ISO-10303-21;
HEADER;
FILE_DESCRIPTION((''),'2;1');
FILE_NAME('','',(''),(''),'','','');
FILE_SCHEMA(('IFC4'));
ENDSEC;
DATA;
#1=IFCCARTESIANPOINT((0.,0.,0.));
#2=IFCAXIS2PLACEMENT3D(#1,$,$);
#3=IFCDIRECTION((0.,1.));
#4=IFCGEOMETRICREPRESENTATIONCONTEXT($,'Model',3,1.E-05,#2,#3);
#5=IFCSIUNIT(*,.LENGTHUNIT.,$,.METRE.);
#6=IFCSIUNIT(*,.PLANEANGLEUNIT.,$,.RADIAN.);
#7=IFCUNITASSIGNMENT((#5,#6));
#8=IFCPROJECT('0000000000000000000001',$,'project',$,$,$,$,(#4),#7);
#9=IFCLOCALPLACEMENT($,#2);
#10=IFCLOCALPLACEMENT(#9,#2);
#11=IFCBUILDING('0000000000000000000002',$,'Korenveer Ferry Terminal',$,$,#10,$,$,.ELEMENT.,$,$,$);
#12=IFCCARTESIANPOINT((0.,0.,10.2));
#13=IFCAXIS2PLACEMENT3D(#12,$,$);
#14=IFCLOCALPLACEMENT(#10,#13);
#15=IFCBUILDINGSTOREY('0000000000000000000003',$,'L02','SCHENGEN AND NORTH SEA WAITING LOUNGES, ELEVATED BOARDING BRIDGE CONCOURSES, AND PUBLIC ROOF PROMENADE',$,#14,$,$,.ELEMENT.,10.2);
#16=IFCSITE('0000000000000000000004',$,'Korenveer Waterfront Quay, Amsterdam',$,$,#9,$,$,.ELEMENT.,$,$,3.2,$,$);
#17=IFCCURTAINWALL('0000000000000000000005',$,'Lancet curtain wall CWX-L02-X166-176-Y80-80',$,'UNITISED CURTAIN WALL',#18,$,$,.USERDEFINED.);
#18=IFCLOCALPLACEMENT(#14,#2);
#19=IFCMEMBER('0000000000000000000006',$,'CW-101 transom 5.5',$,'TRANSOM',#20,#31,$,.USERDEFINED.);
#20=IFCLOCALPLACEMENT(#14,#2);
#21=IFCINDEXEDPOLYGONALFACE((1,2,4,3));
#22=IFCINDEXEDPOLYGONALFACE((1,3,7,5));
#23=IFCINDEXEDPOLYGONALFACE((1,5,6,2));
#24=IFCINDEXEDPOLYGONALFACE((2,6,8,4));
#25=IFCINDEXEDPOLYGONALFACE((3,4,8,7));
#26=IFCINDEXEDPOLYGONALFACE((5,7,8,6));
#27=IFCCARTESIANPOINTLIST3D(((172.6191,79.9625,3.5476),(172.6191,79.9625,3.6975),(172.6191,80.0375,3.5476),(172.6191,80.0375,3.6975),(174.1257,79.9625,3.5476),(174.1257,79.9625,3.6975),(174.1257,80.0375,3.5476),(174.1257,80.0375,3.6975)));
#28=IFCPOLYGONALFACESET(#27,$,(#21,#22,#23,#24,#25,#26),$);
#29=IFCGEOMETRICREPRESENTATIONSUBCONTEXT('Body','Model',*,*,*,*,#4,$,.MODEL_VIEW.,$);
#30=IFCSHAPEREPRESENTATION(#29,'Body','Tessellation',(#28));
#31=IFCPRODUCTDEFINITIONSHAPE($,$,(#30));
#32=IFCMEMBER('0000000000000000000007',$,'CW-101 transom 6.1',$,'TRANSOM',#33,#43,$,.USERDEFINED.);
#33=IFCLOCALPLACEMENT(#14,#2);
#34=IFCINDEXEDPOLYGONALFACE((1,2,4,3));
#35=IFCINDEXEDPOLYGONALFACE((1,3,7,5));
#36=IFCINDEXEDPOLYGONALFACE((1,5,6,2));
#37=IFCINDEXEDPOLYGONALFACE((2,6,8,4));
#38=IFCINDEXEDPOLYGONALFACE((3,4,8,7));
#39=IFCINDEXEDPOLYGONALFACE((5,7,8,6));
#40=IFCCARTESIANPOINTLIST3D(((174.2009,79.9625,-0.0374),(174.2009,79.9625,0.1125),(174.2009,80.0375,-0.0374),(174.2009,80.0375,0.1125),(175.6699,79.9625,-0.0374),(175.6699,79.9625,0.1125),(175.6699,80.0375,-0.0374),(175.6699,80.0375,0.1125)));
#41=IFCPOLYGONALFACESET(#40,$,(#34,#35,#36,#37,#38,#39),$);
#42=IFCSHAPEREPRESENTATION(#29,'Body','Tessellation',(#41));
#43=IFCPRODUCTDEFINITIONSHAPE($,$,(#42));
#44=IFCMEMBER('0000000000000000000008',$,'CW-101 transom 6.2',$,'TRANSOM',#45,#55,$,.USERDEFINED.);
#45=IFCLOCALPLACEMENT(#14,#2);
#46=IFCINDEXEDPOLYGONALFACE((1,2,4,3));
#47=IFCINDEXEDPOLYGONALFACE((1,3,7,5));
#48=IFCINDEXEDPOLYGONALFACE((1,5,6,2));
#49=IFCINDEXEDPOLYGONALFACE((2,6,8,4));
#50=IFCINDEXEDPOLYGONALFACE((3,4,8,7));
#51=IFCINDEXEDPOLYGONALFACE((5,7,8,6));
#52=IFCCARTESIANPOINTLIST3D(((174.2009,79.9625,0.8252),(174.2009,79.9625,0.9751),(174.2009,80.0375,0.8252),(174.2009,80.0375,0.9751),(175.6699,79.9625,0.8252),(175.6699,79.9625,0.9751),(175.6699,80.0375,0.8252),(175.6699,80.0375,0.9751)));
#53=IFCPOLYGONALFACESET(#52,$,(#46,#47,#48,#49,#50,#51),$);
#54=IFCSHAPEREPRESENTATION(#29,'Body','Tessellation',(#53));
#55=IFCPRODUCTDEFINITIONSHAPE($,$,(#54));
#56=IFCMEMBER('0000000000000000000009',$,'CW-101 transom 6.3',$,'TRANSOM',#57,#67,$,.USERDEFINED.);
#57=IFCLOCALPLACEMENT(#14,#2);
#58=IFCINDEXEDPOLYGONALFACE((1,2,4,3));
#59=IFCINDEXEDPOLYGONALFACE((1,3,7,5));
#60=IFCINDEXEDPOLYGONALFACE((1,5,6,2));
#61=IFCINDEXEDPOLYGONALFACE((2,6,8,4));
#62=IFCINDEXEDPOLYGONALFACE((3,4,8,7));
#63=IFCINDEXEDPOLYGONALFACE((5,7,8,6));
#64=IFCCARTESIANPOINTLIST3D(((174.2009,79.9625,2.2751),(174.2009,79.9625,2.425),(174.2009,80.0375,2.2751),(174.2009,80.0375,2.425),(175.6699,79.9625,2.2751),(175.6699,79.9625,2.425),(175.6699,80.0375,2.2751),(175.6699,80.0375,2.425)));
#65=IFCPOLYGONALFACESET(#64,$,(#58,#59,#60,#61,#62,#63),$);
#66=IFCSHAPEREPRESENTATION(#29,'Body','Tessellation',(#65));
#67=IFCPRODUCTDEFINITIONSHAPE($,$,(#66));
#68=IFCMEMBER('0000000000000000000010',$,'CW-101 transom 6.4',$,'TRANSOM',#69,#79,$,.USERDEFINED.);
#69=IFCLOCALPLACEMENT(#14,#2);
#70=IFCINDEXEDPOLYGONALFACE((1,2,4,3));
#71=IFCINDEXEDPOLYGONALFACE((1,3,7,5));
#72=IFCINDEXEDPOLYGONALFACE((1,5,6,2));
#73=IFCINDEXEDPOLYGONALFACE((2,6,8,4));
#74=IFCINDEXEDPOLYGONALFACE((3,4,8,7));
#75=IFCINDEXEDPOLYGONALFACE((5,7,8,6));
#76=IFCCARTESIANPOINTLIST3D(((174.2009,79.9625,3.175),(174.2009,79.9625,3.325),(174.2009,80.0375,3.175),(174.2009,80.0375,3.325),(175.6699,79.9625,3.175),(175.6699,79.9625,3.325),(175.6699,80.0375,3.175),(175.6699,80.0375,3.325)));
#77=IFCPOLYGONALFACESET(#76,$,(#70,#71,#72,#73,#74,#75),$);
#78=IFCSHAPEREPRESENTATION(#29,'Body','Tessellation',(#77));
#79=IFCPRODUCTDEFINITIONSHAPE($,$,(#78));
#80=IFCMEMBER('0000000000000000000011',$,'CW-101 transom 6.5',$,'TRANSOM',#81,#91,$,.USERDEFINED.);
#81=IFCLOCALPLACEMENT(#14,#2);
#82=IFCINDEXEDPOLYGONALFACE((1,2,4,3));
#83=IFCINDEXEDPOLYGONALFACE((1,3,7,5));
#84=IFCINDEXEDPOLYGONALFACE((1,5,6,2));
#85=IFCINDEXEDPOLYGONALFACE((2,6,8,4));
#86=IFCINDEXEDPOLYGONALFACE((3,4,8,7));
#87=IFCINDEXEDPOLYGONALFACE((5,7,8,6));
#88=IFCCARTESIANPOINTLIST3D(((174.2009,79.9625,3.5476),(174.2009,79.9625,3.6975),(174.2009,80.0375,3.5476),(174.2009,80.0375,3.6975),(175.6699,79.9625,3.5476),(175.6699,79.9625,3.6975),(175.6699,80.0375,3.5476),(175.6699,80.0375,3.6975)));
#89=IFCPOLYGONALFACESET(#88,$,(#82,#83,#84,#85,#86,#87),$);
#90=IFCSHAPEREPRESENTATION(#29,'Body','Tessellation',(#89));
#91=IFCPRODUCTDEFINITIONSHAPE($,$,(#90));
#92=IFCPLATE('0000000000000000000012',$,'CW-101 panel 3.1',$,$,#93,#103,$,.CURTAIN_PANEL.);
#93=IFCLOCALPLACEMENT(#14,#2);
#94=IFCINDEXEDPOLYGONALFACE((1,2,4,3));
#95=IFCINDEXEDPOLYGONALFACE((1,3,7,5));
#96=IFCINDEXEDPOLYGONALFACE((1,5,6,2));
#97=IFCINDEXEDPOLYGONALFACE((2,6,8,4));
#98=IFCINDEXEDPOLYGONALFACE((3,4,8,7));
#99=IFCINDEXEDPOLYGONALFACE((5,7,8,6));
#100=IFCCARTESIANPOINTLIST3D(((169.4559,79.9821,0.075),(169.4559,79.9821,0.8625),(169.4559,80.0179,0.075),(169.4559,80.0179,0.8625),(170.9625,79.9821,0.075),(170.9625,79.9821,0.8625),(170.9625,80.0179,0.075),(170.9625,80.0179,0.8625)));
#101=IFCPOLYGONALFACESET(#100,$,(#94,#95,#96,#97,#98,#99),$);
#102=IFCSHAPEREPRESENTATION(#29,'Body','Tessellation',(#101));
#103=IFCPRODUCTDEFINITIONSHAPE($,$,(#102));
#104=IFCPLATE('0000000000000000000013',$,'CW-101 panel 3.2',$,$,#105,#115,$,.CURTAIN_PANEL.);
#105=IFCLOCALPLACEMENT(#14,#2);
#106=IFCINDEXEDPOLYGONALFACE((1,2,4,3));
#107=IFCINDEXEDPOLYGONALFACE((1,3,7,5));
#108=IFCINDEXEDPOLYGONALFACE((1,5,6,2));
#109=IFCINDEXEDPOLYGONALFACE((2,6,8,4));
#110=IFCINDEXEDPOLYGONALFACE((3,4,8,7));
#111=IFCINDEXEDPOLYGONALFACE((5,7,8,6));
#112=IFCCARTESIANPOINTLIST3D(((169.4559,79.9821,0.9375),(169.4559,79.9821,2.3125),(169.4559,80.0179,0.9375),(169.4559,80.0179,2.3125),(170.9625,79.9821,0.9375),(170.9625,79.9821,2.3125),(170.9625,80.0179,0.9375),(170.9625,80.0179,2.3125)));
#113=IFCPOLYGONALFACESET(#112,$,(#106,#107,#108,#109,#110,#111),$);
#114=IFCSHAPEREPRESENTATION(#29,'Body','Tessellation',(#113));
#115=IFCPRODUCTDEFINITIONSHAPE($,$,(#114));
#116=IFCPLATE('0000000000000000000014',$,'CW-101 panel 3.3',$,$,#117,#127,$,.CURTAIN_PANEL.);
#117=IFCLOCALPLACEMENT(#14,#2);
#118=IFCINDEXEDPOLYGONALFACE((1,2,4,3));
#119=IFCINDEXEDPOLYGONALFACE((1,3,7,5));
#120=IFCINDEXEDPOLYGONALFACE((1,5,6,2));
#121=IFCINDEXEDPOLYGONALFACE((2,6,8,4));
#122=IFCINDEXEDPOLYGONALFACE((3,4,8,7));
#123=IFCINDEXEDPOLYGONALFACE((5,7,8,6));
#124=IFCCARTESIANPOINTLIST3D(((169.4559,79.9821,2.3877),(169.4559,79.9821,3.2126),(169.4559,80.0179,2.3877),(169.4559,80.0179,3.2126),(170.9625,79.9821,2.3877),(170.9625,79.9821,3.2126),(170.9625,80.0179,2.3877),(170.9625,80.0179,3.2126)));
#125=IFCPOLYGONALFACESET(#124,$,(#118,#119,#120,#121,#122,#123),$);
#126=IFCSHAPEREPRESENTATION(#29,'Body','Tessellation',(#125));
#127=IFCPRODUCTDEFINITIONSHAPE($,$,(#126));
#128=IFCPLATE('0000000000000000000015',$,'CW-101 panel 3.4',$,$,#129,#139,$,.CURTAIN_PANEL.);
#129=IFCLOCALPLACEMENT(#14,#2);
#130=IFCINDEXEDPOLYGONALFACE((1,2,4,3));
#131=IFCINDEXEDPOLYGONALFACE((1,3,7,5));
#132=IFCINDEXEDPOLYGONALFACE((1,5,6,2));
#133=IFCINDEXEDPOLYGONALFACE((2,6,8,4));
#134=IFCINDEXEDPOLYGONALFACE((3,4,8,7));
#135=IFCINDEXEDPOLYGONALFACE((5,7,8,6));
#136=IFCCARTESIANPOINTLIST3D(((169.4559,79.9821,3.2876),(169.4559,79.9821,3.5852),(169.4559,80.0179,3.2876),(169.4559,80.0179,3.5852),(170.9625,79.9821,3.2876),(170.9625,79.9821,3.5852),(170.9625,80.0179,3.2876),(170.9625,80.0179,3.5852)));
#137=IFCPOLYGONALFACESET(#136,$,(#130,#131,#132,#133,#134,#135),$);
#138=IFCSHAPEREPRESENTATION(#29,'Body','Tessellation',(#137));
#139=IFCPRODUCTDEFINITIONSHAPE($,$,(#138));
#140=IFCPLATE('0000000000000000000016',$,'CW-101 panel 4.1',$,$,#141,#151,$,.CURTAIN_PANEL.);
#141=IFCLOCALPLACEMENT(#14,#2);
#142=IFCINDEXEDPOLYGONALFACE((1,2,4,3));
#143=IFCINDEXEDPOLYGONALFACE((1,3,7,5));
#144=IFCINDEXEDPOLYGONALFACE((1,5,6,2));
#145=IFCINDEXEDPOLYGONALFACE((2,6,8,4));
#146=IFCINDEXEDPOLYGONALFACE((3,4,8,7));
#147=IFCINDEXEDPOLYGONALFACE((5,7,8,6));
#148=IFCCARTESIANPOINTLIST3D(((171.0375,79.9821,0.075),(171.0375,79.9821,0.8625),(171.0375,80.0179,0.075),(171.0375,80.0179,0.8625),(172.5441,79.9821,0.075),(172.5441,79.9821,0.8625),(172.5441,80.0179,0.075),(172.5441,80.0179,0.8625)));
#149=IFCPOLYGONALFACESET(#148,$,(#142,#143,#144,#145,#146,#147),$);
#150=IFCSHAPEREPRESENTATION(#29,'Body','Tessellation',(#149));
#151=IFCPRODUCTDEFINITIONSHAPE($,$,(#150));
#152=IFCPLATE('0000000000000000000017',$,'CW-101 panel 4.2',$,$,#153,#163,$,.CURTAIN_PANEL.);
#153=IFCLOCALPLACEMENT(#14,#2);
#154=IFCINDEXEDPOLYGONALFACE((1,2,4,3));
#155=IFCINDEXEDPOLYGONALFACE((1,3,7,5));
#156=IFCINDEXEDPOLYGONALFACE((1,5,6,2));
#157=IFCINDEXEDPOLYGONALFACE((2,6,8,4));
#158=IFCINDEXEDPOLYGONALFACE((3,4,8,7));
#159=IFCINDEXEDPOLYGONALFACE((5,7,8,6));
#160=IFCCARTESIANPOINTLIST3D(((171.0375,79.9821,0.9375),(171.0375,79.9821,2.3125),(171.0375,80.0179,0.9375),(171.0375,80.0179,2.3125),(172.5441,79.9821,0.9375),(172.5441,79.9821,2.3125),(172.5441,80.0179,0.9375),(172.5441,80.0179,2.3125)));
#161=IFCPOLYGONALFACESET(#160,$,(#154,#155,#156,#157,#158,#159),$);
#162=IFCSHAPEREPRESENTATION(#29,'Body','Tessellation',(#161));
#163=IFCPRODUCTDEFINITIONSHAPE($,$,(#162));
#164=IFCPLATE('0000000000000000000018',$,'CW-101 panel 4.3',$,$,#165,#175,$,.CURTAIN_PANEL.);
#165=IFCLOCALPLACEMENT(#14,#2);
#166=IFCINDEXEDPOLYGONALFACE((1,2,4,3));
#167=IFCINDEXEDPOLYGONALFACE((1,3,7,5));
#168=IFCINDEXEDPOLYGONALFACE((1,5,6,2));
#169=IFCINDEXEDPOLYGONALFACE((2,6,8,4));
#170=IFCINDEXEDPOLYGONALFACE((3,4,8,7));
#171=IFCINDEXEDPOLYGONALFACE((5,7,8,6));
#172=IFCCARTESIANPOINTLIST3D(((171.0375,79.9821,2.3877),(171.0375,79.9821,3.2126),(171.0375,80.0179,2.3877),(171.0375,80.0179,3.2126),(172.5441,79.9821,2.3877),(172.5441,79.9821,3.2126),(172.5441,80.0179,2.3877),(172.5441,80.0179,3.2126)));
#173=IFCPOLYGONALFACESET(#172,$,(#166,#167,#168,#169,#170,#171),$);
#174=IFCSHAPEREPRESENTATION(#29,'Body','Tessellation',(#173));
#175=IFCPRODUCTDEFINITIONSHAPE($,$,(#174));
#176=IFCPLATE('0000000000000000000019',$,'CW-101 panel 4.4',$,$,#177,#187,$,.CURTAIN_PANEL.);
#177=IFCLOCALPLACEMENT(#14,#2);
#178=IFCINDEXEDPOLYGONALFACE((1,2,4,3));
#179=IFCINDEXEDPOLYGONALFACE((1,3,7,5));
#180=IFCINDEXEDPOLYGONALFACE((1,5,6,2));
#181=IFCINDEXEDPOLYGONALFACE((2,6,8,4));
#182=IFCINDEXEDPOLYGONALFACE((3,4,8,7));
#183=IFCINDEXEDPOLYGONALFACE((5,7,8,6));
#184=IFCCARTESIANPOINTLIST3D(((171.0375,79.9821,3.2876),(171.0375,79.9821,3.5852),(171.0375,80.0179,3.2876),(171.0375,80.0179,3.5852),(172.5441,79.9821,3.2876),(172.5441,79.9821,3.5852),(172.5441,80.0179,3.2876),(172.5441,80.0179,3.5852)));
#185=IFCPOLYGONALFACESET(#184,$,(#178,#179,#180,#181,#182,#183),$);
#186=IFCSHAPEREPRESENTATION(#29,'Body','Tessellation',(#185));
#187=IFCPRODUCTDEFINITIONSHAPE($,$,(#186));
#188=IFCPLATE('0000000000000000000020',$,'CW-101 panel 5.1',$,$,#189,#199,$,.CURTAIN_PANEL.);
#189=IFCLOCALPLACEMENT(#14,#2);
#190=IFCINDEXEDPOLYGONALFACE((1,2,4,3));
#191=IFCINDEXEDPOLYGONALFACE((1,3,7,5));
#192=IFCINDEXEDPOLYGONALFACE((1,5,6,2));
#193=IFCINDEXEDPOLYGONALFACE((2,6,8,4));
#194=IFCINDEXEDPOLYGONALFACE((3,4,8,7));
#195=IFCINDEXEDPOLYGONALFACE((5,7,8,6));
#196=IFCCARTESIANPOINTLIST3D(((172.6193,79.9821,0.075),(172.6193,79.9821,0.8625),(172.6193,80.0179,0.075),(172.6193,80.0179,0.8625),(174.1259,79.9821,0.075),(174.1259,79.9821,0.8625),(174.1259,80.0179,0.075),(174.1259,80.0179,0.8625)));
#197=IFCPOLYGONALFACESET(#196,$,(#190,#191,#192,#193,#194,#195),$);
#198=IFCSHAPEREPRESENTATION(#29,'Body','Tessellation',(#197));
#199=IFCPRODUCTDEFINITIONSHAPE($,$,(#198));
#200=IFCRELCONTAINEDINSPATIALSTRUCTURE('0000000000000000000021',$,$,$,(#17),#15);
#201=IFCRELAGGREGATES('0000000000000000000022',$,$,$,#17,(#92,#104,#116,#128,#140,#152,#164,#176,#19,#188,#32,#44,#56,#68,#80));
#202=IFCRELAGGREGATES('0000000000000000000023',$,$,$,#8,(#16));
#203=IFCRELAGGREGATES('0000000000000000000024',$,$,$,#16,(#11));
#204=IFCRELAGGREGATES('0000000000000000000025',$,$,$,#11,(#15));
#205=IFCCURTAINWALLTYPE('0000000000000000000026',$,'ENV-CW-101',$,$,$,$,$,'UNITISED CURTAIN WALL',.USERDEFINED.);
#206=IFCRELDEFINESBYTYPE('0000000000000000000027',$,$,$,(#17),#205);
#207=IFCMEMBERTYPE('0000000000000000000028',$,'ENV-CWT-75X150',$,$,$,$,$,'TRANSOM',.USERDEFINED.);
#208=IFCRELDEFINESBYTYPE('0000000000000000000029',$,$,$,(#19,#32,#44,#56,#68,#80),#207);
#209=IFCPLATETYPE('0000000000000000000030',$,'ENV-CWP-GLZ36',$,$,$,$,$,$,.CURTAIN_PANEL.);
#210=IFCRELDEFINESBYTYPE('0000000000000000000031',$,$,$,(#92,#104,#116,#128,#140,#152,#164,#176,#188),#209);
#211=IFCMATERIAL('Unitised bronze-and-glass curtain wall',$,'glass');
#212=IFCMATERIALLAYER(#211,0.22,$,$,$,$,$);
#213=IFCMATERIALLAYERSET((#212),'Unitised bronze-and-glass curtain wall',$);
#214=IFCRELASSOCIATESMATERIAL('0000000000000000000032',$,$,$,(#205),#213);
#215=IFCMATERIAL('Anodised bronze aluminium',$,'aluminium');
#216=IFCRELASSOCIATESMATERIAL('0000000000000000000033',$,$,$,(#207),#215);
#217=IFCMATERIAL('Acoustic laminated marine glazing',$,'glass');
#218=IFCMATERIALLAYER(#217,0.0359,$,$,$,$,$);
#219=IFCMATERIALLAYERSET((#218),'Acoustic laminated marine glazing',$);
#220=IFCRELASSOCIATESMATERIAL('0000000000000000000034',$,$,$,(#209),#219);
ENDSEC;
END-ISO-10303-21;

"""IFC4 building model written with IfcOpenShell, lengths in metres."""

from ifc_helpers import new_model, si_unit, direction, frame, origin, origin_2d, place, context, subcontext, project, spatial, rectangle, extrude, material, layer, layer_set, material_profile, profile_set, type_object, element, aggregate, save


model = new_model("IFC4")

# Units and contexts
model_context = context("Model", 3, precision=1e-05, world=origin(), true_north=direction((0.0, 1.0)))
body_context = subcontext(model_context, "Body", "Model", "MODEL_VIEW")
ifc_project = project(units=[si_unit("LENGTHUNIT", "METRE"), si_unit("PLANEANGLEUNIT", "RADIAN")], contexts=[model_context])

# Site, building, storey
site_placement = place(None, origin())
site = spatial("IfcSite", under=ifc_project, at=site_placement, Name="Korenveer Waterfront Quay, Amsterdam", CompositionType="ELEMENT", RefElevation=3.2)
building_placement = place(site_placement, origin())
building = spatial("IfcBuilding", under=site, at=building_placement, Name="Korenveer Ferry Terminal", CompositionType="ELEMENT")
storey_placement = place(building_placement, frame((0.0, 0.0, 10.2)))
storey = spatial("IfcBuildingStorey", under=building, at=storey_placement, Name="L02", Description="SCHENGEN AND NORTH SEA WAITING LOUNGES, ELEVATED BOARDING BRIDGE CONCOURSES, AND PUBLIC ROOF PROMENADE", CompositionType="ELEMENT", Elevation=10.2)

# Curtain wall, members, plates
ifc_material_1 = material(Name="Unitised bronze-and-glass curtain wall", Category="glass")
ifc_layer_1 = layer(ifc_material_1, 0.22)
ifc_layer_set_1 = layer_set([ifc_layer_1], Name="Unitised bronze-and-glass curtain wall")
curtain_wall_type = type_object("IfcCurtainWallType", Name="ENV-CW-101", ElementType="UNITISED CURTAIN WALL", PredefinedType="USERDEFINED", material=ifc_layer_set_1)
curtain_wall_placement = place(storey_placement, frame((166.2549, 80.0, 0.0)))
curtain_wall = element("IfcCurtainWall", 1, at=curtain_wall_placement, inside=storey, type_object=curtain_wall_type, Name="Lancet curtain wall CWX-L02-X166-176-Y80-80", ObjectType="UNITISED CURTAIN WALL", PredefinedType="USERDEFINED")
ifc_material_2 = material(Name="Anodised bronze aluminium", Category="aluminium")
ifc_material_profile_1 = material_profile(ifc_material_2, rectangle(XDim=0.075, YDim=0.1499, at=origin_2d()), Name="ALU 75x150")
ifc_profile_set_1 = profile_set([ifc_material_profile_1], Name="Anodised bronze aluminium")
member_type_1 = type_object("IfcMemberType", Name="ENV-CWT-75X150", ElementType="TRANSOM", PredefinedType="USERDEFINED", material=ifc_profile_set_1)
member_1_placement = place(storey_placement, frame((172.6191, 80.0, 3.6226), z_axis=(1.0, 0.0, 0.0), x_axis=(0.0, 1.0, 0.0)))
member_1 = element("IfcMember", 2, at=member_1_placement, type_object=member_type_1, Name="CW-101 transom 5.5", ObjectType="TRANSOM", PredefinedType="USERDEFINED", context=body_context, shape_type="SweptSolid", body=[
    extrude(rectangle(XDim=0.075, YDim=0.1499, at=origin_2d()), origin(), (0.0, 0.0, 1.0), 1.5066),
])
member_2_placement = place(storey_placement, frame((174.2009, 80.0, 0.0376), z_axis=(1.0, 0.0, 0.0), x_axis=(0.0, 1.0, 0.0)))
member_2 = element("IfcMember", 3, at=member_2_placement, type_object=member_type_1, Name="CW-101 transom 6.1", ObjectType="TRANSOM", PredefinedType="USERDEFINED", context=body_context, shape_type="SweptSolid", body=[
    extrude(rectangle(XDim=0.075, YDim=0.1499, at=origin_2d()), origin(), (0.0, 0.0, 1.0), 1.469),
])
member_3_placement = place(storey_placement, frame((174.2009, 80.0, 0.9001), z_axis=(1.0, 0.0, 0.0), x_axis=(0.0, 1.0, 0.0)))
member_3 = element("IfcMember", 4, at=member_3_placement, type_object=member_type_1, Name="CW-101 transom 6.2", ObjectType="TRANSOM", PredefinedType="USERDEFINED", context=body_context, shape_type="SweptSolid", body=[
    extrude(rectangle(XDim=0.075, YDim=0.1499, at=origin_2d()), origin(), (0.0, 0.0, 1.0), 1.469),
])
member_4_placement = place(storey_placement, frame((174.2009, 80.0, 2.3501), z_axis=(1.0, 0.0, 0.0), x_axis=(0.0, 1.0, 0.0)))
member_4 = element("IfcMember", 5, at=member_4_placement, type_object=member_type_1, Name="CW-101 transom 6.3", ObjectType="TRANSOM", PredefinedType="USERDEFINED", context=body_context, shape_type="SweptSolid", body=[
    extrude(rectangle(XDim=0.075, YDim=0.1499, at=origin_2d()), origin(), (0.0, 0.0, 1.0), 1.469),
])
member_5_placement = place(storey_placement, frame((174.2009, 80.0, 3.25), z_axis=(1.0, 0.0, 0.0), x_axis=(0.0, 1.0, 0.0)))
member_5 = element("IfcMember", 6, at=member_5_placement, type_object=member_type_1, Name="CW-101 transom 6.4", ObjectType="TRANSOM", PredefinedType="USERDEFINED", context=body_context, shape_type="SweptSolid", body=[
    extrude(rectangle(XDim=0.075, YDim=0.1499, at=origin_2d()), origin(), (0.0, 0.0, 1.0), 1.469),
])
member_6_placement = place(storey_placement, frame((174.2009, 80.0, 3.6226), z_axis=(1.0, 0.0, 0.0), x_axis=(0.0, 1.0, 0.0)))
member_6 = element("IfcMember", 7, at=member_6_placement, type_object=member_type_1, Name="CW-101 transom 6.5", ObjectType="TRANSOM", PredefinedType="USERDEFINED", context=body_context, shape_type="SweptSolid", body=[
    extrude(rectangle(XDim=0.075, YDim=0.1499, at=origin_2d()), origin(), (0.0, 0.0, 1.0), 1.469),
])
ifc_material_3 = material(Name="Acoustic laminated marine glazing", Category="glass")
ifc_layer_2 = layer(ifc_material_3, 0.0359)
ifc_layer_set_2 = layer_set([ifc_layer_2], Name="Acoustic laminated marine glazing")
plate_type = type_object("IfcPlateType", Name="ENV-CWP-GLZ36", PredefinedType="CURTAIN_PANEL", material=ifc_layer_set_2)
plate_1_placement = place(storey_placement, frame((170.2092, 80.0, 0.075), z_axis=(0.0, 0.0, 1.0), x_axis=(1.0, 0.0, 0.0)))
plate_1 = element("IfcPlate", 8, at=plate_1_placement, type_object=plate_type, Name="CW-101 panel 3.1", PredefinedType="CURTAIN_PANEL", context=body_context, shape_type="SweptSolid", body=[
    extrude(rectangle(XDim=1.5066, YDim=0.0359, at=origin_2d()), origin(), (0.0, 0.0, 1.0), 0.7876),
])
plate_2_placement = place(storey_placement, frame((170.2092, 80.0, 0.9375), z_axis=(0.0, 0.0, 1.0), x_axis=(1.0, 0.0, 0.0)))
plate_2 = element("IfcPlate", 9, at=plate_2_placement, type_object=plate_type, Name="CW-101 panel 3.2", PredefinedType="CURTAIN_PANEL", context=body_context, shape_type="SweptSolid", body=[
    extrude(rectangle(XDim=1.5066, YDim=0.0359, at=origin_2d()), origin(), (0.0, 0.0, 1.0), 1.375),
])
plate_3_placement = place(storey_placement, frame((170.2092, 80.0, 2.3877), z_axis=(0.0, 0.0, 1.0), x_axis=(1.0, 0.0, 0.0)))
plate_3 = element("IfcPlate", 10, at=plate_3_placement, type_object=plate_type, Name="CW-101 panel 3.3", PredefinedType="CURTAIN_PANEL", context=body_context, shape_type="SweptSolid", body=[
    extrude(rectangle(XDim=1.5066, YDim=0.0359, at=origin_2d()), origin(), (0.0, 0.0, 1.0), 0.825),
])
plate_4_placement = place(storey_placement, frame((170.2092, 80.0, 3.2876), z_axis=(0.0, 0.0, 1.0), x_axis=(1.0, 0.0, 0.0)))
plate_4 = element("IfcPlate", 11, at=plate_4_placement, type_object=plate_type, Name="CW-101 panel 3.4", PredefinedType="CURTAIN_PANEL", context=body_context, shape_type="SweptSolid", body=[
    extrude(rectangle(XDim=1.5066, YDim=0.0359, at=origin_2d()), origin(), (0.0, 0.0, 1.0), 0.2976),
])
plate_5_placement = place(storey_placement, frame((171.7908, 80.0, 0.075), z_axis=(0.0, 0.0, 1.0), x_axis=(1.0, 0.0, 0.0)))
plate_5 = element("IfcPlate", 12, at=plate_5_placement, type_object=plate_type, Name="CW-101 panel 4.1", PredefinedType="CURTAIN_PANEL", context=body_context, shape_type="SweptSolid", body=[
    extrude(rectangle(XDim=1.5066, YDim=0.0359, at=origin_2d()), origin(), (0.0, 0.0, 1.0), 0.7876),
])
plate_6_placement = place(storey_placement, frame((171.7908, 80.0, 0.9375), z_axis=(0.0, 0.0, 1.0), x_axis=(1.0, 0.0, 0.0)))
plate_6 = element("IfcPlate", 13, at=plate_6_placement, type_object=plate_type, Name="CW-101 panel 4.2", PredefinedType="CURTAIN_PANEL", context=body_context, shape_type="SweptSolid", body=[
    extrude(rectangle(XDim=1.5066, YDim=0.0359, at=origin_2d()), origin(), (0.0, 0.0, 1.0), 1.375),
])
plate_7_placement = place(storey_placement, frame((171.7908, 80.0, 2.3877), z_axis=(0.0, 0.0, 1.0), x_axis=(1.0, 0.0, 0.0)))
plate_7 = element("IfcPlate", 14, at=plate_7_placement, type_object=plate_type, Name="CW-101 panel 4.3", PredefinedType="CURTAIN_PANEL", context=body_context, shape_type="SweptSolid", body=[
    extrude(rectangle(XDim=1.5066, YDim=0.0359, at=origin_2d()), origin(), (0.0, 0.0, 1.0), 0.825),
])
plate_8_placement = place(storey_placement, frame((171.7908, 80.0, 3.2876), z_axis=(0.0, 0.0, 1.0), x_axis=(1.0, 0.0, 0.0)))
plate_8 = element("IfcPlate", 15, at=plate_8_placement, type_object=plate_type, Name="CW-101 panel 4.4", PredefinedType="CURTAIN_PANEL", context=body_context, shape_type="SweptSolid", body=[
    extrude(rectangle(XDim=1.5066, YDim=0.0359, at=origin_2d()), origin(), (0.0, 0.0, 1.0), 0.2976),
])
plate_9_placement = place(storey_placement, frame((173.3726, 80.0, 0.075), z_axis=(0.0, 0.0, 1.0), x_axis=(1.0, 0.0, 0.0)))
plate_9 = element("IfcPlate", 16, at=plate_9_placement, type_object=plate_type, Name="CW-101 panel 5.1", PredefinedType="CURTAIN_PANEL", context=body_context, shape_type="SweptSolid", body=[
    extrude(rectangle(XDim=1.5066, YDim=0.0359, at=origin_2d()), origin(), (0.0, 0.0, 1.0), 0.7876),
])
aggregate(curtain_wall, [plate_1, plate_2, plate_3, plate_4, plate_5, plate_6, plate_7, plate_8, member_1, plate_9, member_2, member_3, member_4, member_5, member_6])

save(model, "model.ifc")
